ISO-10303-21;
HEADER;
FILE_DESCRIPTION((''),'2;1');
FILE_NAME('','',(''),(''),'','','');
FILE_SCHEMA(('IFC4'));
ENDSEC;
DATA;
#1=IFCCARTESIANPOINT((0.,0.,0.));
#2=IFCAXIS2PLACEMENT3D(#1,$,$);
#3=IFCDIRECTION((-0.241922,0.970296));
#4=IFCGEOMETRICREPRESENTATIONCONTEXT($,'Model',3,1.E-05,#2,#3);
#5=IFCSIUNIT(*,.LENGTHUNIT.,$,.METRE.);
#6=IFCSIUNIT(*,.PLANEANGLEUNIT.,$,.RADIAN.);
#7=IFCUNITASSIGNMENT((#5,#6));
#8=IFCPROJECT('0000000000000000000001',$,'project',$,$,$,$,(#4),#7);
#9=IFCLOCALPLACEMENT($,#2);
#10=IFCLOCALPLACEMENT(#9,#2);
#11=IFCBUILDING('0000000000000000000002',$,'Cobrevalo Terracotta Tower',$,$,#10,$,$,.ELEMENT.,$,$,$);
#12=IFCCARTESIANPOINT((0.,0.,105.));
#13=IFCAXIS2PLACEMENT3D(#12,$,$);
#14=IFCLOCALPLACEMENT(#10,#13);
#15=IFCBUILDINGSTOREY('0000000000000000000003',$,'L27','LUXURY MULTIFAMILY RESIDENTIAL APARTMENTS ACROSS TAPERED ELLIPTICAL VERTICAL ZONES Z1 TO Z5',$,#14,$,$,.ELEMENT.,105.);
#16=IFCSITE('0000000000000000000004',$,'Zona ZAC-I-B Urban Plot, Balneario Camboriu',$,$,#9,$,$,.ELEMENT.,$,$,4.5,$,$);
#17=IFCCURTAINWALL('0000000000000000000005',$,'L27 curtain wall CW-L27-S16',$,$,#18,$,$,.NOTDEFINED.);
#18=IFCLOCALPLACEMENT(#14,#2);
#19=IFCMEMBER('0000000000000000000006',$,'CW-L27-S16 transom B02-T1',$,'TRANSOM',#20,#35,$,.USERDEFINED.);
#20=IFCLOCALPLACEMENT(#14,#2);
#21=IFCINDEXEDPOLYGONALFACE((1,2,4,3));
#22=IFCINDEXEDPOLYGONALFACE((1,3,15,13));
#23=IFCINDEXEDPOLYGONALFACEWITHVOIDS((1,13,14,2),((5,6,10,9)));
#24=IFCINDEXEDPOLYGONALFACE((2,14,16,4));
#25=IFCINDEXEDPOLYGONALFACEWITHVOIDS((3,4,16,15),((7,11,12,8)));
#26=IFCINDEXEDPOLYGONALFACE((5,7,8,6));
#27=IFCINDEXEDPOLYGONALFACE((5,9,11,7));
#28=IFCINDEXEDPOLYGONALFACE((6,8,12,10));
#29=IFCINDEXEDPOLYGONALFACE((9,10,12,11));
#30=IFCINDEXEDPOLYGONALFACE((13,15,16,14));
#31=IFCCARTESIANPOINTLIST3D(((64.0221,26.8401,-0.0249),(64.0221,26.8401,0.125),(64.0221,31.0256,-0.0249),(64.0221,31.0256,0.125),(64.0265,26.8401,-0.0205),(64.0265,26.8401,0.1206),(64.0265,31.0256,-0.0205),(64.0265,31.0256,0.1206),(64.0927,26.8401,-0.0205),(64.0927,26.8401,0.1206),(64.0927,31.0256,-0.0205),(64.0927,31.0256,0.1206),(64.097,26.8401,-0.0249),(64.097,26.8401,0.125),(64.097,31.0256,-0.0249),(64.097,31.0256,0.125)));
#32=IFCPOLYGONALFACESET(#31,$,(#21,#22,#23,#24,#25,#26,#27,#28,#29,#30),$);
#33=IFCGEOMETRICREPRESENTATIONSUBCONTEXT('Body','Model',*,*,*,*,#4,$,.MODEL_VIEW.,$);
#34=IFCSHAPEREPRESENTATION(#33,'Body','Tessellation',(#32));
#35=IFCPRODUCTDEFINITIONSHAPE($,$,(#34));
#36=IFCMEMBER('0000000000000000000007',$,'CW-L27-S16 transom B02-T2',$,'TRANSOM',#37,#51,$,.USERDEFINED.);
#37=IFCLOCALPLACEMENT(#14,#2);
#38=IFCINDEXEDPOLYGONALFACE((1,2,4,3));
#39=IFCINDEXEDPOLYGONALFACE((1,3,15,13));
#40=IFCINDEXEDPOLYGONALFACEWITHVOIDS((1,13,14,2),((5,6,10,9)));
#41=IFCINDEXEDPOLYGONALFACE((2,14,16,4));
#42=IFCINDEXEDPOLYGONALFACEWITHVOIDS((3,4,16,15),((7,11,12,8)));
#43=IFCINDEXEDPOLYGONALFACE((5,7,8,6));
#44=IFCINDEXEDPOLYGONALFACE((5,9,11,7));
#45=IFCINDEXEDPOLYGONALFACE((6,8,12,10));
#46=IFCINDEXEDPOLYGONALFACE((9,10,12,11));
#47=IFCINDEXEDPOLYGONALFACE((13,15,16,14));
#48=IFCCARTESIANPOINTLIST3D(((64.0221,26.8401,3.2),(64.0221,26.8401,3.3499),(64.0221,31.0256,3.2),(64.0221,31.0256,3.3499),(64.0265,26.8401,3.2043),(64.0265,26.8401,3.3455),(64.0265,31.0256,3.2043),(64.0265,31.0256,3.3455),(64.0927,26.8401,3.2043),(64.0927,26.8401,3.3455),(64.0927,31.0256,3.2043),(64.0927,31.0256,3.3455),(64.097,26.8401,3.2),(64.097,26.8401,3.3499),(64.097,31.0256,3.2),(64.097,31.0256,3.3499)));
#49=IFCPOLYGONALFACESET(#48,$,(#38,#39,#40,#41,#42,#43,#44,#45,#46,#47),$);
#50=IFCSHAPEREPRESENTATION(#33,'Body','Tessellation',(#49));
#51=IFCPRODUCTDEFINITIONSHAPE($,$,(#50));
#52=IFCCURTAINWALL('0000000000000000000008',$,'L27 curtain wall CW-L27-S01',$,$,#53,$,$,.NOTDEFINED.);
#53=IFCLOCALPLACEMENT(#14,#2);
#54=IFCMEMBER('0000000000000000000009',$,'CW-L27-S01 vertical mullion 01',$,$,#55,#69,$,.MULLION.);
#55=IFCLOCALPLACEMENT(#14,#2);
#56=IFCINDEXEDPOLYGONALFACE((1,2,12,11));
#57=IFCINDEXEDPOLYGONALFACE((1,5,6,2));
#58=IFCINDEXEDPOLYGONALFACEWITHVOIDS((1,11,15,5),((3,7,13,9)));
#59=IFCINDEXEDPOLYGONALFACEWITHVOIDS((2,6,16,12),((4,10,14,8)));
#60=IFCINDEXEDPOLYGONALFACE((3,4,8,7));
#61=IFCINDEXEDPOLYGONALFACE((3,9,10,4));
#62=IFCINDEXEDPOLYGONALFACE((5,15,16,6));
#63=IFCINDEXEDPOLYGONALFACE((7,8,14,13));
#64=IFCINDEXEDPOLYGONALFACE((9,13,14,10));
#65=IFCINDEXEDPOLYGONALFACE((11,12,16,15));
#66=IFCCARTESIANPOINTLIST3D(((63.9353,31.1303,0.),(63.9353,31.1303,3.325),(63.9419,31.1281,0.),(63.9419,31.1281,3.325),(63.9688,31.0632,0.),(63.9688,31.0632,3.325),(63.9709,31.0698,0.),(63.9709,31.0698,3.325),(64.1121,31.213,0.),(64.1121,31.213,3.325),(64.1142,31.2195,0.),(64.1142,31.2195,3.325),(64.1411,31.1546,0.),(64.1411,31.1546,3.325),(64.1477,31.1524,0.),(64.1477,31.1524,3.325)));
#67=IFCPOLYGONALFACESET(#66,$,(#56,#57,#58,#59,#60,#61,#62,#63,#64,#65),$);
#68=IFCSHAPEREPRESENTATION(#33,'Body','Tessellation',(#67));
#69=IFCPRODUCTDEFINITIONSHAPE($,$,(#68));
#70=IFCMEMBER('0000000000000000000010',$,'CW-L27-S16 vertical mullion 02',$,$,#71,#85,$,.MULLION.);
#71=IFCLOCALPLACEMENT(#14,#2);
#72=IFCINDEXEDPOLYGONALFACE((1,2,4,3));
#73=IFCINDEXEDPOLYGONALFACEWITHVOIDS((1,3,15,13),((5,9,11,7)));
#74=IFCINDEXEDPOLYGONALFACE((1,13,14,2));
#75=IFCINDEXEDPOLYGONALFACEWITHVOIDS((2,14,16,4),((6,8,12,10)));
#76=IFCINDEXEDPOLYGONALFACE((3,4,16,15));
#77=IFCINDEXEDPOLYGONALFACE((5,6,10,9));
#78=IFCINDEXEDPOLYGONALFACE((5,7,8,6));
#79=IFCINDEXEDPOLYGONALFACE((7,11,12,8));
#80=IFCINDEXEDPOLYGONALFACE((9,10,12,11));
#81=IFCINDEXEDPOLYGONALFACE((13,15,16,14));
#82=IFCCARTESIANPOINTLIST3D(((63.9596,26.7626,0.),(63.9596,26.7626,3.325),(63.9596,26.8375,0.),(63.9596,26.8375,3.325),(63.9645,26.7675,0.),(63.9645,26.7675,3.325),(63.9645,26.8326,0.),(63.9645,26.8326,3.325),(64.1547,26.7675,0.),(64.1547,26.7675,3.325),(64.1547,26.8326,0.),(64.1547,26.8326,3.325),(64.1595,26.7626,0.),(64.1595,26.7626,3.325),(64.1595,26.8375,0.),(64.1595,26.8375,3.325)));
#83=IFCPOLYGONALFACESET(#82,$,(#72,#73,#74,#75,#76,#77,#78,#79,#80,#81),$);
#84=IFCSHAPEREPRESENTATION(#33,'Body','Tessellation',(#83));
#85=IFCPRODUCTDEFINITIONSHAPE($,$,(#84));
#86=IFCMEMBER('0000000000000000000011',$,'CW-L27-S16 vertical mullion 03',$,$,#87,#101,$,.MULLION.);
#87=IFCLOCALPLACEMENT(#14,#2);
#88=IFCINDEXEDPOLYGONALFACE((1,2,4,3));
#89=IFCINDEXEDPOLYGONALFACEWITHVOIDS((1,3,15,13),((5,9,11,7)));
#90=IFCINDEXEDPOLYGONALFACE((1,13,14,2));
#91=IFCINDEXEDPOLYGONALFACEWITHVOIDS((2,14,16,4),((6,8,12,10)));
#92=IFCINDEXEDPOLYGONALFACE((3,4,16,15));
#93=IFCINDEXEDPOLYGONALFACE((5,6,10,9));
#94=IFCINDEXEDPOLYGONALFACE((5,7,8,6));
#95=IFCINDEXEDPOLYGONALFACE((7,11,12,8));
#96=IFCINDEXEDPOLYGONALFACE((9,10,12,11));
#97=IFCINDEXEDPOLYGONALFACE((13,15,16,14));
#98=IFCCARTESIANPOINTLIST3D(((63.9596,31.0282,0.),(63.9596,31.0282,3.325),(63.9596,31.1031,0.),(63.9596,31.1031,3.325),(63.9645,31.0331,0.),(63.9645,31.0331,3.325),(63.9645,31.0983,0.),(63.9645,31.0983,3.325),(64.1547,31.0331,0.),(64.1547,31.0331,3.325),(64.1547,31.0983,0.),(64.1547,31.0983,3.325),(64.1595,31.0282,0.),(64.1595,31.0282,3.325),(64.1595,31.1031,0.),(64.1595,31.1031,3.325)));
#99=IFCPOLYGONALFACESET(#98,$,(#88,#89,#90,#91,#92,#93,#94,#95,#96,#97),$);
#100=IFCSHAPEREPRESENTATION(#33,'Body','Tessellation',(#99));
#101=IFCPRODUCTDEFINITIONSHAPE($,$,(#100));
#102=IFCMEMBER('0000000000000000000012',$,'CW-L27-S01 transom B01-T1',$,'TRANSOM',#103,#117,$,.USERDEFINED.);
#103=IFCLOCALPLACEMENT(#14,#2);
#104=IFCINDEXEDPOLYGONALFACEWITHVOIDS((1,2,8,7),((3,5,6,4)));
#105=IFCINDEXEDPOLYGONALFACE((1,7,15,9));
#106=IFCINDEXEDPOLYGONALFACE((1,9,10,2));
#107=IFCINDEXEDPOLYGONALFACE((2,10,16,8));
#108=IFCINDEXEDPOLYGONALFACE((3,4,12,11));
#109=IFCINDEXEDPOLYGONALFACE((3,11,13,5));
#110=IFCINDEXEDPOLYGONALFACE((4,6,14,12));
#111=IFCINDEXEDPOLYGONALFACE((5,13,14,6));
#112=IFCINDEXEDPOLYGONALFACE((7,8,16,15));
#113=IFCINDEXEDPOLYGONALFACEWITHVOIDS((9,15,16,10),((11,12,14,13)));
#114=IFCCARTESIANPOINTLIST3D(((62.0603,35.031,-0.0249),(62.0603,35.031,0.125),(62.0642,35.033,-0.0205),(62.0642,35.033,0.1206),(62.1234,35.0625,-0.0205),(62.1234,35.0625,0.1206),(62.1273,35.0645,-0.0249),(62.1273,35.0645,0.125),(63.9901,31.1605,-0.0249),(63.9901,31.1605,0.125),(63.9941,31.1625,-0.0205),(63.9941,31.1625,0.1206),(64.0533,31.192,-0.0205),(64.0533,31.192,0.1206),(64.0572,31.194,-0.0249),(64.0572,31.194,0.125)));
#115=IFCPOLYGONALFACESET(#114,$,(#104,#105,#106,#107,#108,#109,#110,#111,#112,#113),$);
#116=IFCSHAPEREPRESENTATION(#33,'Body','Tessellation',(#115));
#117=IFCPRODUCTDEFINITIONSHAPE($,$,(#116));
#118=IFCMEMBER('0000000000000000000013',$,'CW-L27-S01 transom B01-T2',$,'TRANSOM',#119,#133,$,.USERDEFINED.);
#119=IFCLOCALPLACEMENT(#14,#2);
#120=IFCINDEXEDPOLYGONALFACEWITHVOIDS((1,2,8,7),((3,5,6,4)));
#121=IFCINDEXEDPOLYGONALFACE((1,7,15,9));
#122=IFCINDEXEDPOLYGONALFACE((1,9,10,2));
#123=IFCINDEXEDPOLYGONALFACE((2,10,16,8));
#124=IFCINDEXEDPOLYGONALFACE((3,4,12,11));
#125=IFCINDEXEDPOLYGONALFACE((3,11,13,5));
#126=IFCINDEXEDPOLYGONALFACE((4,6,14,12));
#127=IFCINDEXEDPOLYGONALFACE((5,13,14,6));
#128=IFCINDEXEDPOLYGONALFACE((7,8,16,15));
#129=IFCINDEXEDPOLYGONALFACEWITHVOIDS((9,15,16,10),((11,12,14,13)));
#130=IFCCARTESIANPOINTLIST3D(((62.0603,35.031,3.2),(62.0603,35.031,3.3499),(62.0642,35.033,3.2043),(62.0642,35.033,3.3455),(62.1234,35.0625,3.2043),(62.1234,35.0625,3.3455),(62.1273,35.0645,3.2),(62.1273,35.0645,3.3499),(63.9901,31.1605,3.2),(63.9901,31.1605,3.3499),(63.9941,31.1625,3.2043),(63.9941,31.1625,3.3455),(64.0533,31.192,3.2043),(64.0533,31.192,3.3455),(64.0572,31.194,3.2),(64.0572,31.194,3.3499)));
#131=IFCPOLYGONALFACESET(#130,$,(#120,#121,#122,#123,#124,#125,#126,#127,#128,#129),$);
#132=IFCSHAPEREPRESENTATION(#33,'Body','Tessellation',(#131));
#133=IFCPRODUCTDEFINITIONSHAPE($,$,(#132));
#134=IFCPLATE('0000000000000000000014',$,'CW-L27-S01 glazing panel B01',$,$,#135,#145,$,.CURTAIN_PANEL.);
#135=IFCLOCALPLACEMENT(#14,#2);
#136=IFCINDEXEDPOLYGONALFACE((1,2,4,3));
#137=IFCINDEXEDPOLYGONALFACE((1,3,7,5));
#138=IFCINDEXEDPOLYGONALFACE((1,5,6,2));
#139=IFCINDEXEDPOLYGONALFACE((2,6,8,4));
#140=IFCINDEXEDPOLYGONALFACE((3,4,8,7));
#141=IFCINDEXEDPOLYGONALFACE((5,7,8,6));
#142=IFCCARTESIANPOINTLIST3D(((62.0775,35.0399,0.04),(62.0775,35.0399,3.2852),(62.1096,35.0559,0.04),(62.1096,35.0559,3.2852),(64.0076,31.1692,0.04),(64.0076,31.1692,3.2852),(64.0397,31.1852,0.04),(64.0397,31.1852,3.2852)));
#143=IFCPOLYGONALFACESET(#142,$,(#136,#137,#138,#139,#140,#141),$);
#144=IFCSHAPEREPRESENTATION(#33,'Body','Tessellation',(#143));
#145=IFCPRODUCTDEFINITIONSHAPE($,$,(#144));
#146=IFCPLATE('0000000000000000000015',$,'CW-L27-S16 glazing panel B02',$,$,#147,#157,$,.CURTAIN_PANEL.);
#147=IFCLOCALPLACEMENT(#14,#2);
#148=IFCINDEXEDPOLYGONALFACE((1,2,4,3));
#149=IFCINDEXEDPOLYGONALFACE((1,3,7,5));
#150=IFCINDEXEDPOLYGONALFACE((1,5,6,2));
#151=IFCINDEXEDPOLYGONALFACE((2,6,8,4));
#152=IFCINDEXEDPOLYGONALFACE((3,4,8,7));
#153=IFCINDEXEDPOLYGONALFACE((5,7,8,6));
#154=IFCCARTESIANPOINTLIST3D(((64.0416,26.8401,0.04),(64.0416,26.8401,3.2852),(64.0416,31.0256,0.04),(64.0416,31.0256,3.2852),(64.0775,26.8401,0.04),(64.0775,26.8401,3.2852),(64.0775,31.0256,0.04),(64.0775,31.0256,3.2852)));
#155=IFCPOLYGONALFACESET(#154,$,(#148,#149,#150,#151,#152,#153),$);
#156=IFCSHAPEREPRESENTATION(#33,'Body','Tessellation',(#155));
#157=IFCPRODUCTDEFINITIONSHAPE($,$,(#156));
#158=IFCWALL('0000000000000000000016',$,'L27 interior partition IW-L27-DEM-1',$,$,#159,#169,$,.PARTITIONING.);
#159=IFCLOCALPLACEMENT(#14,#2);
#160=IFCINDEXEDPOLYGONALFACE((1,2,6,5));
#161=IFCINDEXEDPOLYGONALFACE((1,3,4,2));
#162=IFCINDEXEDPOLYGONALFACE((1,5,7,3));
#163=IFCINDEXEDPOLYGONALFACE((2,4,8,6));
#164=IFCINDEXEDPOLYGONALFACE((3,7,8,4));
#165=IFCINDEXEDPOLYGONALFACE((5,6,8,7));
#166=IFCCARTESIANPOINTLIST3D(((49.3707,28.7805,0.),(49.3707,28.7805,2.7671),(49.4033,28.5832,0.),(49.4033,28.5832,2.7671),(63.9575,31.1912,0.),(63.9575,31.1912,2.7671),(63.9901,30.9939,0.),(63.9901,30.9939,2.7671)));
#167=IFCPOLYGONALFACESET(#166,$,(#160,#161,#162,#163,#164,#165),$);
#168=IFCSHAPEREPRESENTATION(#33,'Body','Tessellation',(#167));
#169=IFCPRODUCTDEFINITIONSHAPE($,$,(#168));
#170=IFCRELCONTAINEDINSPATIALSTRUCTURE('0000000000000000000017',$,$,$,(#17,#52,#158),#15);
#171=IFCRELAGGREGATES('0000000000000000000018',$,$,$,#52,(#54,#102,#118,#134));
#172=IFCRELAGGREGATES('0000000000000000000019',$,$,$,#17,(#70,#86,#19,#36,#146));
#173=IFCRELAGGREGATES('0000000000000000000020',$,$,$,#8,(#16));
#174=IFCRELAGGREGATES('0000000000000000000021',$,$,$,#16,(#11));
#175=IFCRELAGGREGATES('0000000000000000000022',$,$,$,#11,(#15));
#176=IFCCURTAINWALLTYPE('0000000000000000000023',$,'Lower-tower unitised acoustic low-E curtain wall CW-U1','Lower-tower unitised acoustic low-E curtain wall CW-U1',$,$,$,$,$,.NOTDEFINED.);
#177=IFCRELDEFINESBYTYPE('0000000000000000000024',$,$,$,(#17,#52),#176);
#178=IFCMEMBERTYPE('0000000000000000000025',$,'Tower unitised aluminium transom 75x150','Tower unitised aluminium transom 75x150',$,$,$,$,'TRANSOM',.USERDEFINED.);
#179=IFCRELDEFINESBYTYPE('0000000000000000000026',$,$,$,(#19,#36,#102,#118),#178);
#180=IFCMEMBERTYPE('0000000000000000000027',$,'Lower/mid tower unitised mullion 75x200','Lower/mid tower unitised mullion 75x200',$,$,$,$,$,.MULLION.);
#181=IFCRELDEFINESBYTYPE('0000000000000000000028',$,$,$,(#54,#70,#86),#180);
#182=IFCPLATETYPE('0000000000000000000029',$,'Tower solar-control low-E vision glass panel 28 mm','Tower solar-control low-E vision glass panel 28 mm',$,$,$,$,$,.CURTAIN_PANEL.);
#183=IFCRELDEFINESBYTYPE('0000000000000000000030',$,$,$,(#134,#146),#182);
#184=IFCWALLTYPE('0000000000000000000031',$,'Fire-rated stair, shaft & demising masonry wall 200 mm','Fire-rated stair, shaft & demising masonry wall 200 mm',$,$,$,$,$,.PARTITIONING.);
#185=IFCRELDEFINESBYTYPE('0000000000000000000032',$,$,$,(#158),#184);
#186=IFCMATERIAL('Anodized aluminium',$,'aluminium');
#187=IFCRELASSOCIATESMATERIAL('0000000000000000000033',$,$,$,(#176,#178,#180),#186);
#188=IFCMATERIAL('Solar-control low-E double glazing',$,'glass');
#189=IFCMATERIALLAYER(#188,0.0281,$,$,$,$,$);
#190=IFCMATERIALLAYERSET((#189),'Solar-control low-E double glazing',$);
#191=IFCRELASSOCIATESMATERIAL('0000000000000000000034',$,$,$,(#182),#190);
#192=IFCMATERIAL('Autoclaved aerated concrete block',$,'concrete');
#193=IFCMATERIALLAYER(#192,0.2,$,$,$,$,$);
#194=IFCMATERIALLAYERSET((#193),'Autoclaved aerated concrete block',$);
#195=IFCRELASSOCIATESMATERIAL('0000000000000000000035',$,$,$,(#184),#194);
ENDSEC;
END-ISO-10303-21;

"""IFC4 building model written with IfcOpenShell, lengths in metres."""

from ifc_helpers import new_model, si_unit, direction, frame, frame_2d, origin, origin_2d, place, context, subcontext, project, spatial, rectangle, hollow_rectangle, extrude, source, transform, mapped, material, layer, layer_set, material_profile, profile_set, type_object, element, aggregate, save


model = new_model("IFC4")

# Units and contexts
model_context = context("Model", 3, precision=1e-05, world=origin(), true_north=direction((-0.241922, 0.970296)))
body_context = subcontext(model_context, "Body", "Model", "MODEL_VIEW")
ifc_project = project(units=[si_unit("LENGTHUNIT", "METRE"), si_unit("PLANEANGLEUNIT", "RADIAN")], contexts=[model_context])

# Site, building, storey
site_placement = place(None, origin())
site = spatial("IfcSite", under=ifc_project, at=site_placement, Name="Zona ZAC-I-B Urban Plot, Balneario Camboriu", CompositionType="ELEMENT", RefElevation=4.5)
building_placement = place(site_placement, origin())
building = spatial("IfcBuilding", under=site, at=building_placement, Name="Cobrevalo Terracotta Tower", CompositionType="ELEMENT")
storey_placement = place(building_placement, frame((0.0, 0.0, 105.0)))
storey = spatial("IfcBuildingStorey", under=building, at=storey_placement, Name="L27", Description="LUXURY MULTIFAMILY RESIDENTIAL APARTMENTS ACROSS TAPERED ELLIPTICAL VERTICAL ZONES Z1 TO Z5", CompositionType="ELEMENT", Elevation=105.0)

# Curtain wall, members
ifc_material_1 = material(Name="Anodized aluminium", Category="aluminium")
curtain_wall_type = type_object("IfcCurtainWallType", Name="Lower-tower unitised acoustic low-E curtain wall CW-U1", Description="Lower-tower unitised acoustic low-E curtain wall CW-U1", PredefinedType="NOTDEFINED", material=ifc_material_1)
curtain_wall_1_placement = place(storey_placement, origin())
curtain_wall_1 = element("IfcCurtainWall", 1, at=curtain_wall_1_placement, inside=storey, type_object=curtain_wall_type, Name="L27 curtain wall CW-L27-S16", PredefinedType="NOTDEFINED")
ifc_material_profile_1 = material_profile(ifc_material_1, hollow_rectangle(XDim=0.075, YDim=0.1499, WallThickness=0.0044, at=origin_2d()), Name="CWT 75x150")
ifc_profile_set_1 = profile_set([ifc_material_profile_1], Name="Anodized aluminium")
member_type_1 = type_object("IfcMemberType", Name="Tower unitised aluminium transom 75x150", Description="Tower unitised aluminium transom 75x150", ElementType="TRANSOM", PredefinedType="USERDEFINED", material=ifc_profile_set_1)
shared_shape_1 = source(origin(), body_context, "Body", "SweptSolid", [
    extrude(hollow_rectangle(XDim=0.075, YDim=0.1499, WallThickness=0.0044, at=origin_2d()), origin(), (0.0, 0.0, 1.0), 4.1855),
])
member_1_placement = place(storey_placement, frame((64.0596, 26.8401, 0.05), z_axis=(0.0, 1.0, 0.0), x_axis=(-1.0, 0.0, 0.0)))
member_1 = element("IfcMember", 2, at=member_1_placement, type_object=member_type_1, Name="CW-L27-S16 transom B02-T1", ObjectType="TRANSOM", PredefinedType="USERDEFINED", context=body_context, shape_type="MappedRepresentation", body=[
    mapped(shared_shape_1, transform((0.0, 0.0, 0.0), scale=1.0)),
])
member_2_placement = place(storey_placement, frame((64.0596, 26.8401, 3.2749), z_axis=(0.0, 1.0, 0.0), x_axis=(-1.0, 0.0, 0.0)))
member_2 = element("IfcMember", 3, at=member_2_placement, type_object=member_type_1, Name="CW-L27-S16 transom B02-T2", ObjectType="TRANSOM", PredefinedType="USERDEFINED", context=body_context, shape_type="MappedRepresentation", body=[
    mapped(shared_shape_1, transform((0.0, 0.0, 0.0), scale=1.0)),
])

# Curtain wall, member
curtain_wall_2_placement = place(storey_placement, origin())
curtain_wall_2 = element("IfcCurtainWall", 4, at=curtain_wall_2_placement, inside=storey, type_object=curtain_wall_type, Name="L27 curtain wall CW-L27-S01", PredefinedType="NOTDEFINED")
ifc_material_profile_2 = material_profile(ifc_material_1, hollow_rectangle(XDim=0.075, YDim=0.2, WallThickness=0.0049, at=origin_2d()), Name="CWM 75x200")
ifc_profile_set_2 = profile_set([ifc_material_profile_2], Name="Anodized aluminium")
member_type_2 = type_object("IfcMemberType", Name="Lower/mid tower unitised mullion 75x200", Description="Lower/mid tower unitised mullion 75x200", PredefinedType="MULLION", material=ifc_profile_set_2)
shared_shape_2 = source(origin(), body_context, "Body", "SweptSolid", [
    extrude(hollow_rectangle(XDim=0.075, YDim=0.2, WallThickness=0.0049, at=origin_2d()), origin(), (0.0, 0.0, 1.0), 3.325),
])
member_3_placement = place(storey_placement, frame((64.0415, 31.1414, 0.0), z_axis=(0.0, 0.0, 1.0), x_axis=(-0.44626, 0.894903, 0.0)))
member_3 = element("IfcMember", 5, at=member_3_placement, type_object=member_type_2, Name="CW-L27-S01 vertical mullion 01", PredefinedType="MULLION", context=body_context, shape_type="MappedRepresentation", body=[
    mapped(shared_shape_2, transform((0.0, 0.0, 0.0), scale=1.0)),
])

# Members
member_4_placement = place(storey_placement, frame((64.0596, 26.8, 0.0), z_axis=(0.0, 0.0, 1.0), x_axis=(0.0, 1.0, 0.0)))
member_4 = element("IfcMember", 6, at=member_4_placement, type_object=member_type_2, Name="CW-L27-S16 vertical mullion 02", PredefinedType="MULLION", context=body_context, shape_type="MappedRepresentation", body=[
    mapped(shared_shape_2, transform((0.0, 0.0, 0.0), scale=1.0)),
])
member_5_placement = place(storey_placement, frame((64.0596, 31.0657, 0.0), z_axis=(0.0, 0.0, 1.0), x_axis=(0.0, 1.0, 0.0)))
member_5 = element("IfcMember", 7, at=member_5_placement, type_object=member_type_2, Name="CW-L27-S16 vertical mullion 03", PredefinedType="MULLION", context=body_context, shape_type="MappedRepresentation", body=[
    mapped(shared_shape_2, transform((0.0, 0.0, 0.0), scale=1.0)),
])
shared_shape_3 = source(origin(), body_context, "Body", "SweptSolid", [
    extrude(hollow_rectangle(XDim=0.075, YDim=0.1499, WallThickness=0.0044, at=origin_2d()), origin(), (0.0, 0.0, 1.0), 4.325),
])
member_6_placement = place(storey_placement, frame((64.0237, 31.1772, 0.05), z_axis=(-0.44622, 0.894923, 0.0), x_axis=(-0.894923, -0.44622, 0.0)))
member_6 = element("IfcMember", 8, at=member_6_placement, type_object=member_type_1, Name="CW-L27-S01 transom B01-T1", ObjectType="TRANSOM", PredefinedType="USERDEFINED", context=body_context, shape_type="MappedRepresentation", body=[
    mapped(shared_shape_3, transform((0.0, 0.0, 0.0), scale=1.0)),
])
member_7_placement = place(storey_placement, frame((64.0237, 31.1772, 3.2749), z_axis=(-0.44622, 0.894923, 0.0), x_axis=(-0.894923, -0.44622, 0.0)))
member_7 = element("IfcMember", 9, at=member_7_placement, type_object=member_type_1, Name="CW-L27-S01 transom B01-T2", ObjectType="TRANSOM", PredefinedType="USERDEFINED", context=body_context, shape_type="MappedRepresentation", body=[
    mapped(shared_shape_3, transform((0.0, 0.0, 0.0), scale=1.0)),
])

# Plates
ifc_material_2 = material(Name="Solar-control low-E double glazing", Category="glass")
ifc_layer_1 = layer(ifc_material_2, 0.0281)
ifc_layer_set_1 = layer_set([ifc_layer_1], Name="Solar-control low-E double glazing")
plate_type = type_object("IfcPlateType", Name="Tower solar-control low-E vision glass panel 28 mm", Description="Tower solar-control low-E vision glass panel 28 mm", PredefinedType="CURTAIN_PANEL", material=ifc_layer_set_1)
shared_shape_4 = source(origin(), body_context, "Body", "SweptSolid", [
    extrude(rectangle(XDim=4.3252, YDim=0.0359, at=origin_2d()), origin(), (0.0, 0.0, 1.0), 3.2451),
])
plate_1_placement = place(storey_placement, frame((63.0586, 33.1125, 0.04), z_axis=(0.0, 0.0, 1.0), x_axis=(-0.446262, 0.894902, 0.0)))
plate_1 = element("IfcPlate", 10, at=plate_1_placement, type_object=plate_type, Name="CW-L27-S01 glazing panel B01", PredefinedType="CURTAIN_PANEL", context=body_context, shape_type="MappedRepresentation", body=[
    mapped(shared_shape_4, transform((0.0, 0.0, 0.0), scale=1.0)),
])
aggregate(curtain_wall_2, [member_3, member_6, member_7, plate_1])
shared_shape_5 = source(origin(), body_context, "Body", "SweptSolid", [
    extrude(rectangle(XDim=4.1855, YDim=0.0359, at=origin_2d()), origin(), (0.0, 0.0, 1.0), 3.2451),
])
plate_2_placement = place(storey_placement, frame((64.0596, 28.9329, 0.04), z_axis=(0.0, 0.0, 1.0), x_axis=(0.0, 1.0, 0.0)))
plate_2 = element("IfcPlate", 11, at=plate_2_placement, type_object=plate_type, Name="CW-L27-S16 glazing panel B02", PredefinedType="CURTAIN_PANEL", context=body_context, shape_type="MappedRepresentation", body=[
    mapped(shared_shape_5, transform((0.0, 0.0, 0.0), scale=1.0)),
])
aggregate(curtain_wall_1, [member_4, member_5, member_1, member_2, plate_2])

# Wall
ifc_material_3 = material(Name="Autoclaved aerated concrete block", Category="concrete")
ifc_layer_2 = layer(ifc_material_3, 0.2)
ifc_layer_set_2 = layer_set([ifc_layer_2], Name="Autoclaved aerated concrete block")
wall_type_1 = type_object("IfcWallType", Name="Fire-rated stair, shaft & demising masonry wall 200 mm", Description="Fire-rated stair, shaft & demising masonry wall 200 mm", PredefinedType="PARTITIONING", material=ifc_layer_set_2)
wall_1_placement = place(storey_placement, frame((49.387, 28.6819, 0.0), z_axis=(0.0, 0.0, 1.0), x_axis=(0.986618, 0.163049, 0.0)))
element("IfcWall", 12, at=wall_1_placement, inside=storey, type_object=wall_type_1, Name="L27 interior partition IW-L27-DEM-1", PredefinedType="PARTITIONING", context=body_context, shape_type="SweptSolid", body=[
    extrude(rectangle(XDim=14.7847, YDim=0.2, at=frame_2d((7.3923, 0.0))), origin(), (0.0, 0.0, 1.0), 2.7671),
])

save(model, "model.ifc")
